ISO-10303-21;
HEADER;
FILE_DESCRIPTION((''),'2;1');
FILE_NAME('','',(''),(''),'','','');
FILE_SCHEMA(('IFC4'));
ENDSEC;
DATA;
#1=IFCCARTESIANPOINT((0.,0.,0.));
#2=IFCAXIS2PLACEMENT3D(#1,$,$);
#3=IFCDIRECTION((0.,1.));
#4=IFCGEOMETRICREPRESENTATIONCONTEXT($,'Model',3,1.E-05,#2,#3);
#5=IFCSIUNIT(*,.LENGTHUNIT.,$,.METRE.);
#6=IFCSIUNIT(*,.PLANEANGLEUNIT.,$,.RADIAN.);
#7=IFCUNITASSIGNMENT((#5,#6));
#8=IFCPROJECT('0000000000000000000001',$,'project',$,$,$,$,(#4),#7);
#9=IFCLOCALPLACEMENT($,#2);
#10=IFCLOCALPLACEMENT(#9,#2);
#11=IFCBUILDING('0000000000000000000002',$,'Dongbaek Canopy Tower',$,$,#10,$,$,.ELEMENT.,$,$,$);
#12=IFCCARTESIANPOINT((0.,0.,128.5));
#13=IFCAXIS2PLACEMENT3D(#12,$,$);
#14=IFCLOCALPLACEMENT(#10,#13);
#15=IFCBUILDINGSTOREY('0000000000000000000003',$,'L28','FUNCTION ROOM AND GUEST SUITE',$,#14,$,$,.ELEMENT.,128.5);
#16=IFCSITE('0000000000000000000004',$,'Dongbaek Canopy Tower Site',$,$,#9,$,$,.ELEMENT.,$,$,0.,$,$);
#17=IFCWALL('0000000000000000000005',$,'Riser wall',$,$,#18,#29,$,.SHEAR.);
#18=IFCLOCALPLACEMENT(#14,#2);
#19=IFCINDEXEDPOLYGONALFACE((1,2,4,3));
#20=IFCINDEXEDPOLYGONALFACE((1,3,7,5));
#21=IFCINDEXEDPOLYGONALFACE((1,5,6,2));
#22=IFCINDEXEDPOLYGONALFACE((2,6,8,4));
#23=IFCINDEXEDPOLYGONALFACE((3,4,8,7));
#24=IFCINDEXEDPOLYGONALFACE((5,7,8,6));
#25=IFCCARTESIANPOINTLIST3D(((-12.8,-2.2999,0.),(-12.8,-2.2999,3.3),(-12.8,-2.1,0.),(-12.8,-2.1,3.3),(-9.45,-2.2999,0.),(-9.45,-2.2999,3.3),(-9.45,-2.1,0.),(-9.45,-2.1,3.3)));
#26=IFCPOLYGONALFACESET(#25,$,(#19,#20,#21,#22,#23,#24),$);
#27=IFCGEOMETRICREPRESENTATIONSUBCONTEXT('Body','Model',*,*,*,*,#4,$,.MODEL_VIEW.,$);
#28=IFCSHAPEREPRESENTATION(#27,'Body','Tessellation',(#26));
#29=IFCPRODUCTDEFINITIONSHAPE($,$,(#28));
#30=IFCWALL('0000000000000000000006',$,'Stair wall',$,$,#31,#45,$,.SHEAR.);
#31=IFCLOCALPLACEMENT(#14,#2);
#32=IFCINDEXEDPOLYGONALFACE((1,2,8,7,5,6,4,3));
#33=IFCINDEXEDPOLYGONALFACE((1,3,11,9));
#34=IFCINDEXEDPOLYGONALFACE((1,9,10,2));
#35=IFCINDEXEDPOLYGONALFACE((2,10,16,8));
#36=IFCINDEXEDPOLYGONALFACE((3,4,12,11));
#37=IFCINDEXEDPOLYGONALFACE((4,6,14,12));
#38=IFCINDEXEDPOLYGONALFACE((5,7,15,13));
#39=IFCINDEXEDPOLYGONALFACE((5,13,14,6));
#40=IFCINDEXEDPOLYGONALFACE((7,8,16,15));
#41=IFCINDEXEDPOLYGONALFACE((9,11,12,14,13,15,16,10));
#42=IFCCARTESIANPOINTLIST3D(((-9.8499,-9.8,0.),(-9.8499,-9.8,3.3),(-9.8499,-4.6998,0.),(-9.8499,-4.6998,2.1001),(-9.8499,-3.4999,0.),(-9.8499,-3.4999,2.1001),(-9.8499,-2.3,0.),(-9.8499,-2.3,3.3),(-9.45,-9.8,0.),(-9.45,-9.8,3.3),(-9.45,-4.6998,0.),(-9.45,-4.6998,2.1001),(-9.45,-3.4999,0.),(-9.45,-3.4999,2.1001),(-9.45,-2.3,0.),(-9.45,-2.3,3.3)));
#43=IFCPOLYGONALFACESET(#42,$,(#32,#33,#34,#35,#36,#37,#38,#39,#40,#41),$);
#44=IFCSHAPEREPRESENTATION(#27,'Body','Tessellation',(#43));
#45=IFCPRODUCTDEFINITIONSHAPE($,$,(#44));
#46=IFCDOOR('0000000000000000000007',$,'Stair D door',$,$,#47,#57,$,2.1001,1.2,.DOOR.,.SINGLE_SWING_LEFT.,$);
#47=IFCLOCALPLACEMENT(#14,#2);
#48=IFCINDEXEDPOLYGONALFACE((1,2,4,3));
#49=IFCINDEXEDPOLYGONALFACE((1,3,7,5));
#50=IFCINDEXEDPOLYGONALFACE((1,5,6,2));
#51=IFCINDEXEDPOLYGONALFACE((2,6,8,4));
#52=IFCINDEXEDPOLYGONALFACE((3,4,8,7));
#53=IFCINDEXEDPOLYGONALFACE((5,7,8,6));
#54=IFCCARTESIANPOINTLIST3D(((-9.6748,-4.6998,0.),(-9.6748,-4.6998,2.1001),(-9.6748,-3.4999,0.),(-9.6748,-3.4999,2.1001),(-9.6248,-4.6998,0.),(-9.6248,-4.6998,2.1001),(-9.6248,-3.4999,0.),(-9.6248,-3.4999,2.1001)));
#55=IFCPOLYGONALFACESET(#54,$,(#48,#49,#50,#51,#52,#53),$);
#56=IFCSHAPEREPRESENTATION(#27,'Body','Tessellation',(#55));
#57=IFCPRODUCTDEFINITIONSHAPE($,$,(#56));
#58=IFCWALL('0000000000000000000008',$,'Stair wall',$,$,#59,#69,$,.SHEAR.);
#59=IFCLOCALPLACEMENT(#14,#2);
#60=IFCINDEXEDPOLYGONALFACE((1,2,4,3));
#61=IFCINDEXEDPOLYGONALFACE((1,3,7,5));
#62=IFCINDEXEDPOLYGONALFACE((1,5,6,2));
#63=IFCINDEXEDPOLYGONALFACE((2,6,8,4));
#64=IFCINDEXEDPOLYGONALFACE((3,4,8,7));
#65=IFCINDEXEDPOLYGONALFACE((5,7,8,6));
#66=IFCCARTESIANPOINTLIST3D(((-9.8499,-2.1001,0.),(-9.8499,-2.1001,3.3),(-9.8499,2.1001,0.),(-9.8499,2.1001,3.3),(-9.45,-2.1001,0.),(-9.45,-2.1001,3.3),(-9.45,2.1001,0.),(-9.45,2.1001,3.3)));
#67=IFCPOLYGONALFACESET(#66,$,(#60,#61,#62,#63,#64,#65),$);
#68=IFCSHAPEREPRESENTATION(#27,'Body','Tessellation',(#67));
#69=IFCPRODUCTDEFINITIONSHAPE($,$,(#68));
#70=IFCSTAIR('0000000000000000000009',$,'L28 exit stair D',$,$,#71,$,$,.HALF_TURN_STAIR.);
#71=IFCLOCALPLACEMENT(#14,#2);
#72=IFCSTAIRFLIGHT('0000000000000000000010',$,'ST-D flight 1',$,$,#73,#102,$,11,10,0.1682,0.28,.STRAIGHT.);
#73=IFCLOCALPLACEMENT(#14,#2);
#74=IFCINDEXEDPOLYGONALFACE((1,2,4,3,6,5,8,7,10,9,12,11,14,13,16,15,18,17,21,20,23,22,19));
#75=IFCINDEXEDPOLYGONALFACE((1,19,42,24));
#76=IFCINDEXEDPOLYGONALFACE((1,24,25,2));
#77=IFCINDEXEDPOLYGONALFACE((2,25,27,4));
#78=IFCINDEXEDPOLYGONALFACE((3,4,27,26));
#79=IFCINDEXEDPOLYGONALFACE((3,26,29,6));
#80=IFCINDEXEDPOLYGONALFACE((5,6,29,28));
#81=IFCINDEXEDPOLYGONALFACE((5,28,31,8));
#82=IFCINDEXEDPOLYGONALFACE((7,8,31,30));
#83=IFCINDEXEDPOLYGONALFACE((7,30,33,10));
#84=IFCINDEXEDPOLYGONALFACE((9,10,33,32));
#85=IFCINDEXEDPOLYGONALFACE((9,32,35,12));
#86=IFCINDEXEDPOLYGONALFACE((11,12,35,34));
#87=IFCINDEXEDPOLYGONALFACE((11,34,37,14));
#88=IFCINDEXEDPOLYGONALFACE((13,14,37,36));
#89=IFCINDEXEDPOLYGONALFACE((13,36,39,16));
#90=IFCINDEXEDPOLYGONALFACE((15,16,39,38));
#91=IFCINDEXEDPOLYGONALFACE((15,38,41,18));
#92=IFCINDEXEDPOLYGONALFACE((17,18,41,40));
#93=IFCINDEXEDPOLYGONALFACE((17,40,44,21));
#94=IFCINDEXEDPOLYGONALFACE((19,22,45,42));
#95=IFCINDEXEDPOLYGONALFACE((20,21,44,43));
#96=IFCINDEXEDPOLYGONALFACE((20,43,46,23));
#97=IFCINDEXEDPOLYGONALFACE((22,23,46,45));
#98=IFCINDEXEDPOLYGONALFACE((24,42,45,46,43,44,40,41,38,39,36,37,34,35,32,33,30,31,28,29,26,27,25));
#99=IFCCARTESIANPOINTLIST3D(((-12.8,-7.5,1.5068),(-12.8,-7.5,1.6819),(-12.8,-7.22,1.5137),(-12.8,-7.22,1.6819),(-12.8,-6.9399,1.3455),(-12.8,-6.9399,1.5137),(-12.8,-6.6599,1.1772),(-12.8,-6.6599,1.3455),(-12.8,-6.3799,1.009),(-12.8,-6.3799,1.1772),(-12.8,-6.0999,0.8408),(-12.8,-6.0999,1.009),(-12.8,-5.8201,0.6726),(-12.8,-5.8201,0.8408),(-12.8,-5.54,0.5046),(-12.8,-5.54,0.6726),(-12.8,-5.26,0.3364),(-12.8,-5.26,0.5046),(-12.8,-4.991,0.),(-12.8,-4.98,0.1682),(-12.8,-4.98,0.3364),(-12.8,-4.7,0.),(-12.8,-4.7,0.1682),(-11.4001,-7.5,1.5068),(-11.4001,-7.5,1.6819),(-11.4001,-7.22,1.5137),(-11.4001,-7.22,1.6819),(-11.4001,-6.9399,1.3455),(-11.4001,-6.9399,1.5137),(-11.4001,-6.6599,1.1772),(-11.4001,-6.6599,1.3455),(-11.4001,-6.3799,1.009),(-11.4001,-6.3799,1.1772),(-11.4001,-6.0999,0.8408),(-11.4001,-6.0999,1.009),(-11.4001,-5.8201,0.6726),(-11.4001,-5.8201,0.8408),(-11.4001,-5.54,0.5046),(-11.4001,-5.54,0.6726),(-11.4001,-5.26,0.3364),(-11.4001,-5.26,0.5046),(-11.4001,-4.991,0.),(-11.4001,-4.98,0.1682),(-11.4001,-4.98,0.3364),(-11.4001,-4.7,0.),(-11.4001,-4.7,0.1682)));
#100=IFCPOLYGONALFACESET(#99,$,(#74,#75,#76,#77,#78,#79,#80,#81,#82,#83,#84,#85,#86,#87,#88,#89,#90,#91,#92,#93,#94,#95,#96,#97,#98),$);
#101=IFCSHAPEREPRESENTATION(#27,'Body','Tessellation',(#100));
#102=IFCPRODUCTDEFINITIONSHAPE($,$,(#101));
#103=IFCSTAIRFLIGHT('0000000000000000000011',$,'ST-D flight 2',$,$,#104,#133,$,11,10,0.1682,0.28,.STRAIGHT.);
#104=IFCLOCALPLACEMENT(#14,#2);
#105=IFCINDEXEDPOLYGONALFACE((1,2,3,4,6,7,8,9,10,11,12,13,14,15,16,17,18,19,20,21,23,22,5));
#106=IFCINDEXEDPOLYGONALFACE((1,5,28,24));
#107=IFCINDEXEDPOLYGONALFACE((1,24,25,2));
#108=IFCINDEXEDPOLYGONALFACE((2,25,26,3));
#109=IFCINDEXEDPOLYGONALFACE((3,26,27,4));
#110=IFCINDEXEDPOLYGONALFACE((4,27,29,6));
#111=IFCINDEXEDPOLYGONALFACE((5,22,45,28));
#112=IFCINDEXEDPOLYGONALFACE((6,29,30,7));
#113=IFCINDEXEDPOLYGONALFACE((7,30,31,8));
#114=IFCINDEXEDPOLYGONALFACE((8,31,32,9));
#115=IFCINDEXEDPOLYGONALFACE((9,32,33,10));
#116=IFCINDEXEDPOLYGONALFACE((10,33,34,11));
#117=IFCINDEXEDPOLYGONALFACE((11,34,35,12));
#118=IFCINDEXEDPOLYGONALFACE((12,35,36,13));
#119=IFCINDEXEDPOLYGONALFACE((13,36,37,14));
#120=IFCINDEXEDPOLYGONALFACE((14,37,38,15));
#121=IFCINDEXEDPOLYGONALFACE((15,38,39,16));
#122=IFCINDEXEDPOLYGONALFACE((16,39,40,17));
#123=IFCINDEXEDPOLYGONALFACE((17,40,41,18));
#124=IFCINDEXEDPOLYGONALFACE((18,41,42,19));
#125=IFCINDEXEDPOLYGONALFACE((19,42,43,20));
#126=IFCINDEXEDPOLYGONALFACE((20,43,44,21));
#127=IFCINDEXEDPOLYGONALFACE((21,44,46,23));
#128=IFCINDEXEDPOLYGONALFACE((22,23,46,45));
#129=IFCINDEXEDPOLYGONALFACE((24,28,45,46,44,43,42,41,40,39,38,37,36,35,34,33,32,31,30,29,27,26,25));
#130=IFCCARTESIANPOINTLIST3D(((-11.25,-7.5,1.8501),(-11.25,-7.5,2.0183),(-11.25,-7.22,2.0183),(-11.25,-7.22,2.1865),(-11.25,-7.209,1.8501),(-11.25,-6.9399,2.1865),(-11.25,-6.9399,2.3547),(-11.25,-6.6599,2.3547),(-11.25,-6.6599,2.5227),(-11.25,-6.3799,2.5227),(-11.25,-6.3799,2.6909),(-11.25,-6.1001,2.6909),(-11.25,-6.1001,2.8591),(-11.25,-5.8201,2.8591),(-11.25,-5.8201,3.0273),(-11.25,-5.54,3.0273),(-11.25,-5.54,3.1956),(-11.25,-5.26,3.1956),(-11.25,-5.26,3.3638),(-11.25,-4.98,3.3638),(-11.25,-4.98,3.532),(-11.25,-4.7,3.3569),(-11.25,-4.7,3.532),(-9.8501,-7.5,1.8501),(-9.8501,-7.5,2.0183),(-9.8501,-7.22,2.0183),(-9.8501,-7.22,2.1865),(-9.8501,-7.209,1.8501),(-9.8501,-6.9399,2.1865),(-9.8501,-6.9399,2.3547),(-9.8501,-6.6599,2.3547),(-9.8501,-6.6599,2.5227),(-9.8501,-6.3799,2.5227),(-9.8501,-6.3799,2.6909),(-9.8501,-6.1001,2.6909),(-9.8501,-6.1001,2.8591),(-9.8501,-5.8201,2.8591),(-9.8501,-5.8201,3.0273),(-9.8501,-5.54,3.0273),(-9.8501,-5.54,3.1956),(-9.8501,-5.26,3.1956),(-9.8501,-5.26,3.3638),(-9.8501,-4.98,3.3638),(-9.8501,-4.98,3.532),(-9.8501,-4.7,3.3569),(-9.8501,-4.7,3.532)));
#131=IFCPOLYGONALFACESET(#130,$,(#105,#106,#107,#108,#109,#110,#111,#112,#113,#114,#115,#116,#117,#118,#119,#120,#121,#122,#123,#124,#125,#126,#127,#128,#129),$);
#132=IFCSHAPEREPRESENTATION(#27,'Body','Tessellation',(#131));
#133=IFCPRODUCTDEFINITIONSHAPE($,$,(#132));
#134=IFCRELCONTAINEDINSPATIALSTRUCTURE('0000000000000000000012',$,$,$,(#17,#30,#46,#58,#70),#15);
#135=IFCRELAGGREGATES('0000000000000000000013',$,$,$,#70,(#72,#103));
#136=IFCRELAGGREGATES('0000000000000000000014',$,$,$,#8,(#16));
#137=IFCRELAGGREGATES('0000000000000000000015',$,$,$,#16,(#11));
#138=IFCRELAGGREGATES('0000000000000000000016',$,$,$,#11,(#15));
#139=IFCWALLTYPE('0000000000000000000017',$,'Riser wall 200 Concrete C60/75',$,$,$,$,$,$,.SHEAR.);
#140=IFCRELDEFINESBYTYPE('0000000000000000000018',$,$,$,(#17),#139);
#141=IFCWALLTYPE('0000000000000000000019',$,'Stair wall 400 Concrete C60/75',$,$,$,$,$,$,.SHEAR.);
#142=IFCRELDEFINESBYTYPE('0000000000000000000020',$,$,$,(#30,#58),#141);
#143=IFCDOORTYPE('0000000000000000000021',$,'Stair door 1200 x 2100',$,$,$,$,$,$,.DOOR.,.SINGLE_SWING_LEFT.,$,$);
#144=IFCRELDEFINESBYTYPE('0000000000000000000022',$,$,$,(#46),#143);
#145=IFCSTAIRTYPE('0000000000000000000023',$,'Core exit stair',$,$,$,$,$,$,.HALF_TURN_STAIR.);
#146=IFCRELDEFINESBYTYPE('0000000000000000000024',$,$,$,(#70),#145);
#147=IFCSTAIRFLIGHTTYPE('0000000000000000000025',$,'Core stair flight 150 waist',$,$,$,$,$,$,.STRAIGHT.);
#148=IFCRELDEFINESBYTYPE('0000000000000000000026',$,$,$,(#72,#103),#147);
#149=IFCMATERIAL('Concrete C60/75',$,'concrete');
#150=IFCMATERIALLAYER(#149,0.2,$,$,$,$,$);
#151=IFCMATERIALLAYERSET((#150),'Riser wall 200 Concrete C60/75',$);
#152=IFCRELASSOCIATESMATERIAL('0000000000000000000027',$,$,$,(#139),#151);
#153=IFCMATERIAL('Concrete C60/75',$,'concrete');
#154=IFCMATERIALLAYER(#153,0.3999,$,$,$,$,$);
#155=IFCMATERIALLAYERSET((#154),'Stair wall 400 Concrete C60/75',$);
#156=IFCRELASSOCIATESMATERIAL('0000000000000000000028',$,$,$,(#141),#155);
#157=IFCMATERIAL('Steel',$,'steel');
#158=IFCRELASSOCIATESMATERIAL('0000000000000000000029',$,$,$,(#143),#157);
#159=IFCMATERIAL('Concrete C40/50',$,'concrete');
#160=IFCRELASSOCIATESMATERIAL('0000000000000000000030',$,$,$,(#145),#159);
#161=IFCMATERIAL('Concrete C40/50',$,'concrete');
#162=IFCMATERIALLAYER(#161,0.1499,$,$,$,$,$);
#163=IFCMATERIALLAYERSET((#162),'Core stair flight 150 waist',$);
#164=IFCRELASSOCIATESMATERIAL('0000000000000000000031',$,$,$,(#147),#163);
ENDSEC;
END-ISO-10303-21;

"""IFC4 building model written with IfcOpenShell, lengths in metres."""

from ifc_helpers import new_model, si_unit, direction, frame, frame_2d, origin, place, context, subcontext, project, spatial, polyline, rectangle, outline, extrude, material, layer, layer_set, type_object, element, fill, aggregate, save


model = new_model("IFC4")

# Units and contexts
model_context = context("Model", 3, precision=1e-05, world=origin(), true_north=direction((0.0, 1.0)))
body_context = subcontext(model_context, "Body", "Model", "MODEL_VIEW")
ifc_project = project(units=[si_unit("LENGTHUNIT", "METRE"), si_unit("PLANEANGLEUNIT", "RADIAN")], contexts=[model_context])

# Site, building, storey
site_placement = place(None, origin())
site = spatial("IfcSite", under=ifc_project, at=site_placement, Name="Dongbaek Canopy Tower Site", CompositionType="ELEMENT", RefElevation=0.0)
building_placement = place(site_placement, origin())
building = spatial("IfcBuilding", under=site, at=building_placement, Name="Dongbaek Canopy Tower", CompositionType="ELEMENT")
storey_placement = place(building_placement, frame((0.0, 0.0, 128.5)))
storey = spatial("IfcBuildingStorey", under=building, at=storey_placement, Name="L28", Description="FUNCTION ROOM AND GUEST SUITE", CompositionType="ELEMENT", Elevation=128.5)

# Wall
ifc_material_1 = material(Name="Concrete C60/75", Category="concrete")
ifc_layer_1 = layer(ifc_material_1, 0.2)
ifc_layer_set_1 = layer_set([ifc_layer_1], Name="Riser wall 200 Concrete C60/75")
wall_type_1 = type_object("IfcWallType", Name="Riser wall 200 Concrete C60/75", PredefinedType="SHEAR", material=ifc_layer_set_1)
wall_1_placement = place(storey_placement, frame((-9.45, -2.2, 0.0), z_axis=(0.0, 0.0, 1.0), x_axis=(-1.0, 0.0, 0.0)))
element("IfcWall", 1, at=wall_1_placement, inside=storey, type_object=wall_type_1, Name="Riser wall", PredefinedType="SHEAR", context=body_context, shape_type="SweptSolid", body=[
    extrude(rectangle(XDim=3.3501, YDim=0.2, at=frame_2d((1.675, 0.0))), origin(), (0.0, 0.0, 1.0), 3.3),
])

# Wall, opening, door
ifc_material_2 = material(Name="Concrete C60/75", Category="concrete")
ifc_layer_2 = layer(ifc_material_2, 0.3999)
ifc_layer_set_2 = layer_set([ifc_layer_2], Name="Stair wall 400 Concrete C60/75")
wall_type_2 = type_object("IfcWallType", Name="Stair wall 400 Concrete C60/75", PredefinedType="SHEAR", material=ifc_layer_set_2)
wall_2_placement = place(storey_placement, frame((-9.6499, -9.8, 0.0), z_axis=(0.0, 0.0, 1.0), x_axis=(0.0, 1.0, 0.0)))
wall_2 = element("IfcWall", 2, at=wall_2_placement, inside=storey, type_object=wall_type_2, Name="Stair wall", PredefinedType="SHEAR", context=body_context, shape_type="SweptSolid", body=[
    extrude(rectangle(XDim=7.5, YDim=0.3999, at=frame_2d((3.75, 0.0))), origin(), (0.0, 0.0, 1.0), 3.3),
])
opening_1_placement = place(wall_2_placement, frame((5.1001, 0.0, 0.0)))
opening_1 = element("IfcOpeningElement", 3, at=opening_1_placement, cuts=wall_2, PredefinedType="OPENING", context=body_context, shape_type="SweptSolid", body=[
    extrude(rectangle(XDim=1.2, YDim=2.1001, at=frame_2d((0.6001, 1.05))), frame((0.0, 0.21, 0.0), z_axis=(0.0, -1.0, 0.0), x_axis=(1.0, 0.0, 0.0)), (0.0, 0.0, 1.0), 0.4199),
])
ifc_material_3 = material(Name="Steel", Category="steel")
door_type_1 = type_object("IfcDoorType", Name="Stair door 1200 x 2100", OperationType="SINGLE_SWING_LEFT", PredefinedType="DOOR", material=ifc_material_3)
door_1_placement = place(opening_1_placement, origin())
door_1 = element("IfcDoor", 4, at=door_1_placement, inside=storey, type_object=door_type_1, Name="Stair D door", OperationType="SINGLE_SWING_LEFT", OverallHeight=2.1001, OverallWidth=1.2, PredefinedType="DOOR", context=body_context, shape_type="SweptSolid", body=[
    extrude(rectangle(XDim=1.2, YDim=2.1001, at=frame_2d((0.6001, 1.05))), frame((0.0, 0.0249, 0.0), z_axis=(0.0, -1.0, 0.0), x_axis=(1.0, 0.0, 0.0)), (0.0, 0.0, 1.0), 0.05),
])
fill(opening_1, door_1)

# Wall
wall_3_placement = place(storey_placement, frame((-9.6499, -2.1001, 0.0), z_axis=(0.0, 0.0, 1.0), x_axis=(0.0, 1.0, 0.0)))
element("IfcWall", 5, at=wall_3_placement, inside=storey, type_object=wall_type_2, Name="Stair wall", PredefinedType="SHEAR", context=body_context, shape_type="SweptSolid", body=[
    extrude(rectangle(XDim=4.2002, YDim=0.3999, at=frame_2d((2.1001, 0.0))), origin(), (0.0, 0.0, 1.0), 3.3),
])

# Stair, stair flights
ifc_material_4 = material(Name="Concrete C40/50", Category="concrete")
stair_type = type_object("IfcStairType", Name="Core exit stair", PredefinedType="HALF_TURN_STAIR", material=ifc_material_4)
stair_placement = place(storey_placement, origin())
stair = element("IfcStair", 6, at=stair_placement, inside=storey, type_object=stair_type, Name="L28 exit stair D", PredefinedType="HALF_TURN_STAIR")
ifc_material_5 = material(Name="Concrete C40/50", Category="concrete")
ifc_layer_3 = layer(ifc_material_5, 0.1499)
ifc_layer_set_3 = layer_set([ifc_layer_3], Name="Core stair flight 150 waist")
stair_flight_type = type_object("IfcStairFlightType", Name="Core stair flight 150 waist", PredefinedType="STRAIGHT", material=ifc_layer_set_3)
stair_flight_1_placement = place(storey_placement, frame((-12.1001, -4.7, 0.0), z_axis=(0.0, 0.0, 1.0), x_axis=(0.0, -1.0, 0.0)))
stair_flight_1 = element("IfcStairFlight", 7, at=stair_flight_1_placement, type_object=stair_flight_type, Name="ST-D flight 1", NumberOfRisers=11, NumberOfTreads=10, PredefinedType="STRAIGHT", RiserHeight=0.1682, TreadLength=0.28, context=body_context, shape_type="SweptSolid", body=[
    extrude(outline(polyline([(0.0, 0.0), (0.0, 0.1682), (0.28, 0.1682), (0.28, 0.3364), (0.5601, 0.3364), (0.5601, 0.5046), (0.8401, 0.5046), (0.8401, 0.6726), (1.1201, 0.6726), (1.1201, 0.8408), (1.3999, 0.8408), (1.3999, 1.009), (1.6799, 1.009), (1.6799, 1.1772), (1.96, 1.1772), (1.96, 1.3455), (2.24, 1.3455), (2.24, 1.5137), (2.52, 1.5137), (2.52, 1.6819), (2.8, 1.6819), (2.8, 1.8501), (2.8, 1.5068), (0.291, 0.0), (0.0, 0.0)])), frame((0.0, 0.7, 0.0), z_axis=(0.0, -1.0, 0.0), x_axis=(1.0, 0.0, 0.0)), (0.0, 0.0, 1.0), 1.3999),
])
stair_flight_2_placement = place(storey_placement, frame((-10.55, -7.5, 1.8501), z_axis=(0.0, 0.0, 1.0), x_axis=(0.0, 1.0, 0.0)))
stair_flight_2 = element("IfcStairFlight", 8, at=stair_flight_2_placement, type_object=stair_flight_type, Name="ST-D flight 2", NumberOfRisers=11, NumberOfTreads=10, PredefinedType="STRAIGHT", RiserHeight=0.1682, TreadLength=0.28, context=body_context, shape_type="SweptSolid", body=[
    extrude(outline(polyline([(0.0, 0.0), (0.0, 0.1682), (0.28, 0.1682), (0.28, 0.3364), (0.5601, 0.3364), (0.5601, 0.5046), (0.8401, 0.5046), (0.8401, 0.6726), (1.1201, 0.6726), (1.1201, 0.8408), (1.3999, 0.8408), (1.3999, 1.009), (1.6799, 1.009), (1.6799, 1.1772), (1.96, 1.1772), (1.96, 1.3455), (2.24, 1.3455), (2.24, 1.5137), (2.52, 1.5137), (2.52, 1.6819), (2.8, 1.6819), (2.8, 1.8501), (2.8, 1.5068), (0.291, 0.0), (0.0, 0.0)])), frame((0.0, 0.7, 0.0), z_axis=(0.0, -1.0, 0.0), x_axis=(1.0, 0.0, 0.0)), (0.0, 0.0, 1.0), 1.3999),
])
aggregate(stair, [stair_flight_1, stair_flight_2])

save(model, "model.ifc")
